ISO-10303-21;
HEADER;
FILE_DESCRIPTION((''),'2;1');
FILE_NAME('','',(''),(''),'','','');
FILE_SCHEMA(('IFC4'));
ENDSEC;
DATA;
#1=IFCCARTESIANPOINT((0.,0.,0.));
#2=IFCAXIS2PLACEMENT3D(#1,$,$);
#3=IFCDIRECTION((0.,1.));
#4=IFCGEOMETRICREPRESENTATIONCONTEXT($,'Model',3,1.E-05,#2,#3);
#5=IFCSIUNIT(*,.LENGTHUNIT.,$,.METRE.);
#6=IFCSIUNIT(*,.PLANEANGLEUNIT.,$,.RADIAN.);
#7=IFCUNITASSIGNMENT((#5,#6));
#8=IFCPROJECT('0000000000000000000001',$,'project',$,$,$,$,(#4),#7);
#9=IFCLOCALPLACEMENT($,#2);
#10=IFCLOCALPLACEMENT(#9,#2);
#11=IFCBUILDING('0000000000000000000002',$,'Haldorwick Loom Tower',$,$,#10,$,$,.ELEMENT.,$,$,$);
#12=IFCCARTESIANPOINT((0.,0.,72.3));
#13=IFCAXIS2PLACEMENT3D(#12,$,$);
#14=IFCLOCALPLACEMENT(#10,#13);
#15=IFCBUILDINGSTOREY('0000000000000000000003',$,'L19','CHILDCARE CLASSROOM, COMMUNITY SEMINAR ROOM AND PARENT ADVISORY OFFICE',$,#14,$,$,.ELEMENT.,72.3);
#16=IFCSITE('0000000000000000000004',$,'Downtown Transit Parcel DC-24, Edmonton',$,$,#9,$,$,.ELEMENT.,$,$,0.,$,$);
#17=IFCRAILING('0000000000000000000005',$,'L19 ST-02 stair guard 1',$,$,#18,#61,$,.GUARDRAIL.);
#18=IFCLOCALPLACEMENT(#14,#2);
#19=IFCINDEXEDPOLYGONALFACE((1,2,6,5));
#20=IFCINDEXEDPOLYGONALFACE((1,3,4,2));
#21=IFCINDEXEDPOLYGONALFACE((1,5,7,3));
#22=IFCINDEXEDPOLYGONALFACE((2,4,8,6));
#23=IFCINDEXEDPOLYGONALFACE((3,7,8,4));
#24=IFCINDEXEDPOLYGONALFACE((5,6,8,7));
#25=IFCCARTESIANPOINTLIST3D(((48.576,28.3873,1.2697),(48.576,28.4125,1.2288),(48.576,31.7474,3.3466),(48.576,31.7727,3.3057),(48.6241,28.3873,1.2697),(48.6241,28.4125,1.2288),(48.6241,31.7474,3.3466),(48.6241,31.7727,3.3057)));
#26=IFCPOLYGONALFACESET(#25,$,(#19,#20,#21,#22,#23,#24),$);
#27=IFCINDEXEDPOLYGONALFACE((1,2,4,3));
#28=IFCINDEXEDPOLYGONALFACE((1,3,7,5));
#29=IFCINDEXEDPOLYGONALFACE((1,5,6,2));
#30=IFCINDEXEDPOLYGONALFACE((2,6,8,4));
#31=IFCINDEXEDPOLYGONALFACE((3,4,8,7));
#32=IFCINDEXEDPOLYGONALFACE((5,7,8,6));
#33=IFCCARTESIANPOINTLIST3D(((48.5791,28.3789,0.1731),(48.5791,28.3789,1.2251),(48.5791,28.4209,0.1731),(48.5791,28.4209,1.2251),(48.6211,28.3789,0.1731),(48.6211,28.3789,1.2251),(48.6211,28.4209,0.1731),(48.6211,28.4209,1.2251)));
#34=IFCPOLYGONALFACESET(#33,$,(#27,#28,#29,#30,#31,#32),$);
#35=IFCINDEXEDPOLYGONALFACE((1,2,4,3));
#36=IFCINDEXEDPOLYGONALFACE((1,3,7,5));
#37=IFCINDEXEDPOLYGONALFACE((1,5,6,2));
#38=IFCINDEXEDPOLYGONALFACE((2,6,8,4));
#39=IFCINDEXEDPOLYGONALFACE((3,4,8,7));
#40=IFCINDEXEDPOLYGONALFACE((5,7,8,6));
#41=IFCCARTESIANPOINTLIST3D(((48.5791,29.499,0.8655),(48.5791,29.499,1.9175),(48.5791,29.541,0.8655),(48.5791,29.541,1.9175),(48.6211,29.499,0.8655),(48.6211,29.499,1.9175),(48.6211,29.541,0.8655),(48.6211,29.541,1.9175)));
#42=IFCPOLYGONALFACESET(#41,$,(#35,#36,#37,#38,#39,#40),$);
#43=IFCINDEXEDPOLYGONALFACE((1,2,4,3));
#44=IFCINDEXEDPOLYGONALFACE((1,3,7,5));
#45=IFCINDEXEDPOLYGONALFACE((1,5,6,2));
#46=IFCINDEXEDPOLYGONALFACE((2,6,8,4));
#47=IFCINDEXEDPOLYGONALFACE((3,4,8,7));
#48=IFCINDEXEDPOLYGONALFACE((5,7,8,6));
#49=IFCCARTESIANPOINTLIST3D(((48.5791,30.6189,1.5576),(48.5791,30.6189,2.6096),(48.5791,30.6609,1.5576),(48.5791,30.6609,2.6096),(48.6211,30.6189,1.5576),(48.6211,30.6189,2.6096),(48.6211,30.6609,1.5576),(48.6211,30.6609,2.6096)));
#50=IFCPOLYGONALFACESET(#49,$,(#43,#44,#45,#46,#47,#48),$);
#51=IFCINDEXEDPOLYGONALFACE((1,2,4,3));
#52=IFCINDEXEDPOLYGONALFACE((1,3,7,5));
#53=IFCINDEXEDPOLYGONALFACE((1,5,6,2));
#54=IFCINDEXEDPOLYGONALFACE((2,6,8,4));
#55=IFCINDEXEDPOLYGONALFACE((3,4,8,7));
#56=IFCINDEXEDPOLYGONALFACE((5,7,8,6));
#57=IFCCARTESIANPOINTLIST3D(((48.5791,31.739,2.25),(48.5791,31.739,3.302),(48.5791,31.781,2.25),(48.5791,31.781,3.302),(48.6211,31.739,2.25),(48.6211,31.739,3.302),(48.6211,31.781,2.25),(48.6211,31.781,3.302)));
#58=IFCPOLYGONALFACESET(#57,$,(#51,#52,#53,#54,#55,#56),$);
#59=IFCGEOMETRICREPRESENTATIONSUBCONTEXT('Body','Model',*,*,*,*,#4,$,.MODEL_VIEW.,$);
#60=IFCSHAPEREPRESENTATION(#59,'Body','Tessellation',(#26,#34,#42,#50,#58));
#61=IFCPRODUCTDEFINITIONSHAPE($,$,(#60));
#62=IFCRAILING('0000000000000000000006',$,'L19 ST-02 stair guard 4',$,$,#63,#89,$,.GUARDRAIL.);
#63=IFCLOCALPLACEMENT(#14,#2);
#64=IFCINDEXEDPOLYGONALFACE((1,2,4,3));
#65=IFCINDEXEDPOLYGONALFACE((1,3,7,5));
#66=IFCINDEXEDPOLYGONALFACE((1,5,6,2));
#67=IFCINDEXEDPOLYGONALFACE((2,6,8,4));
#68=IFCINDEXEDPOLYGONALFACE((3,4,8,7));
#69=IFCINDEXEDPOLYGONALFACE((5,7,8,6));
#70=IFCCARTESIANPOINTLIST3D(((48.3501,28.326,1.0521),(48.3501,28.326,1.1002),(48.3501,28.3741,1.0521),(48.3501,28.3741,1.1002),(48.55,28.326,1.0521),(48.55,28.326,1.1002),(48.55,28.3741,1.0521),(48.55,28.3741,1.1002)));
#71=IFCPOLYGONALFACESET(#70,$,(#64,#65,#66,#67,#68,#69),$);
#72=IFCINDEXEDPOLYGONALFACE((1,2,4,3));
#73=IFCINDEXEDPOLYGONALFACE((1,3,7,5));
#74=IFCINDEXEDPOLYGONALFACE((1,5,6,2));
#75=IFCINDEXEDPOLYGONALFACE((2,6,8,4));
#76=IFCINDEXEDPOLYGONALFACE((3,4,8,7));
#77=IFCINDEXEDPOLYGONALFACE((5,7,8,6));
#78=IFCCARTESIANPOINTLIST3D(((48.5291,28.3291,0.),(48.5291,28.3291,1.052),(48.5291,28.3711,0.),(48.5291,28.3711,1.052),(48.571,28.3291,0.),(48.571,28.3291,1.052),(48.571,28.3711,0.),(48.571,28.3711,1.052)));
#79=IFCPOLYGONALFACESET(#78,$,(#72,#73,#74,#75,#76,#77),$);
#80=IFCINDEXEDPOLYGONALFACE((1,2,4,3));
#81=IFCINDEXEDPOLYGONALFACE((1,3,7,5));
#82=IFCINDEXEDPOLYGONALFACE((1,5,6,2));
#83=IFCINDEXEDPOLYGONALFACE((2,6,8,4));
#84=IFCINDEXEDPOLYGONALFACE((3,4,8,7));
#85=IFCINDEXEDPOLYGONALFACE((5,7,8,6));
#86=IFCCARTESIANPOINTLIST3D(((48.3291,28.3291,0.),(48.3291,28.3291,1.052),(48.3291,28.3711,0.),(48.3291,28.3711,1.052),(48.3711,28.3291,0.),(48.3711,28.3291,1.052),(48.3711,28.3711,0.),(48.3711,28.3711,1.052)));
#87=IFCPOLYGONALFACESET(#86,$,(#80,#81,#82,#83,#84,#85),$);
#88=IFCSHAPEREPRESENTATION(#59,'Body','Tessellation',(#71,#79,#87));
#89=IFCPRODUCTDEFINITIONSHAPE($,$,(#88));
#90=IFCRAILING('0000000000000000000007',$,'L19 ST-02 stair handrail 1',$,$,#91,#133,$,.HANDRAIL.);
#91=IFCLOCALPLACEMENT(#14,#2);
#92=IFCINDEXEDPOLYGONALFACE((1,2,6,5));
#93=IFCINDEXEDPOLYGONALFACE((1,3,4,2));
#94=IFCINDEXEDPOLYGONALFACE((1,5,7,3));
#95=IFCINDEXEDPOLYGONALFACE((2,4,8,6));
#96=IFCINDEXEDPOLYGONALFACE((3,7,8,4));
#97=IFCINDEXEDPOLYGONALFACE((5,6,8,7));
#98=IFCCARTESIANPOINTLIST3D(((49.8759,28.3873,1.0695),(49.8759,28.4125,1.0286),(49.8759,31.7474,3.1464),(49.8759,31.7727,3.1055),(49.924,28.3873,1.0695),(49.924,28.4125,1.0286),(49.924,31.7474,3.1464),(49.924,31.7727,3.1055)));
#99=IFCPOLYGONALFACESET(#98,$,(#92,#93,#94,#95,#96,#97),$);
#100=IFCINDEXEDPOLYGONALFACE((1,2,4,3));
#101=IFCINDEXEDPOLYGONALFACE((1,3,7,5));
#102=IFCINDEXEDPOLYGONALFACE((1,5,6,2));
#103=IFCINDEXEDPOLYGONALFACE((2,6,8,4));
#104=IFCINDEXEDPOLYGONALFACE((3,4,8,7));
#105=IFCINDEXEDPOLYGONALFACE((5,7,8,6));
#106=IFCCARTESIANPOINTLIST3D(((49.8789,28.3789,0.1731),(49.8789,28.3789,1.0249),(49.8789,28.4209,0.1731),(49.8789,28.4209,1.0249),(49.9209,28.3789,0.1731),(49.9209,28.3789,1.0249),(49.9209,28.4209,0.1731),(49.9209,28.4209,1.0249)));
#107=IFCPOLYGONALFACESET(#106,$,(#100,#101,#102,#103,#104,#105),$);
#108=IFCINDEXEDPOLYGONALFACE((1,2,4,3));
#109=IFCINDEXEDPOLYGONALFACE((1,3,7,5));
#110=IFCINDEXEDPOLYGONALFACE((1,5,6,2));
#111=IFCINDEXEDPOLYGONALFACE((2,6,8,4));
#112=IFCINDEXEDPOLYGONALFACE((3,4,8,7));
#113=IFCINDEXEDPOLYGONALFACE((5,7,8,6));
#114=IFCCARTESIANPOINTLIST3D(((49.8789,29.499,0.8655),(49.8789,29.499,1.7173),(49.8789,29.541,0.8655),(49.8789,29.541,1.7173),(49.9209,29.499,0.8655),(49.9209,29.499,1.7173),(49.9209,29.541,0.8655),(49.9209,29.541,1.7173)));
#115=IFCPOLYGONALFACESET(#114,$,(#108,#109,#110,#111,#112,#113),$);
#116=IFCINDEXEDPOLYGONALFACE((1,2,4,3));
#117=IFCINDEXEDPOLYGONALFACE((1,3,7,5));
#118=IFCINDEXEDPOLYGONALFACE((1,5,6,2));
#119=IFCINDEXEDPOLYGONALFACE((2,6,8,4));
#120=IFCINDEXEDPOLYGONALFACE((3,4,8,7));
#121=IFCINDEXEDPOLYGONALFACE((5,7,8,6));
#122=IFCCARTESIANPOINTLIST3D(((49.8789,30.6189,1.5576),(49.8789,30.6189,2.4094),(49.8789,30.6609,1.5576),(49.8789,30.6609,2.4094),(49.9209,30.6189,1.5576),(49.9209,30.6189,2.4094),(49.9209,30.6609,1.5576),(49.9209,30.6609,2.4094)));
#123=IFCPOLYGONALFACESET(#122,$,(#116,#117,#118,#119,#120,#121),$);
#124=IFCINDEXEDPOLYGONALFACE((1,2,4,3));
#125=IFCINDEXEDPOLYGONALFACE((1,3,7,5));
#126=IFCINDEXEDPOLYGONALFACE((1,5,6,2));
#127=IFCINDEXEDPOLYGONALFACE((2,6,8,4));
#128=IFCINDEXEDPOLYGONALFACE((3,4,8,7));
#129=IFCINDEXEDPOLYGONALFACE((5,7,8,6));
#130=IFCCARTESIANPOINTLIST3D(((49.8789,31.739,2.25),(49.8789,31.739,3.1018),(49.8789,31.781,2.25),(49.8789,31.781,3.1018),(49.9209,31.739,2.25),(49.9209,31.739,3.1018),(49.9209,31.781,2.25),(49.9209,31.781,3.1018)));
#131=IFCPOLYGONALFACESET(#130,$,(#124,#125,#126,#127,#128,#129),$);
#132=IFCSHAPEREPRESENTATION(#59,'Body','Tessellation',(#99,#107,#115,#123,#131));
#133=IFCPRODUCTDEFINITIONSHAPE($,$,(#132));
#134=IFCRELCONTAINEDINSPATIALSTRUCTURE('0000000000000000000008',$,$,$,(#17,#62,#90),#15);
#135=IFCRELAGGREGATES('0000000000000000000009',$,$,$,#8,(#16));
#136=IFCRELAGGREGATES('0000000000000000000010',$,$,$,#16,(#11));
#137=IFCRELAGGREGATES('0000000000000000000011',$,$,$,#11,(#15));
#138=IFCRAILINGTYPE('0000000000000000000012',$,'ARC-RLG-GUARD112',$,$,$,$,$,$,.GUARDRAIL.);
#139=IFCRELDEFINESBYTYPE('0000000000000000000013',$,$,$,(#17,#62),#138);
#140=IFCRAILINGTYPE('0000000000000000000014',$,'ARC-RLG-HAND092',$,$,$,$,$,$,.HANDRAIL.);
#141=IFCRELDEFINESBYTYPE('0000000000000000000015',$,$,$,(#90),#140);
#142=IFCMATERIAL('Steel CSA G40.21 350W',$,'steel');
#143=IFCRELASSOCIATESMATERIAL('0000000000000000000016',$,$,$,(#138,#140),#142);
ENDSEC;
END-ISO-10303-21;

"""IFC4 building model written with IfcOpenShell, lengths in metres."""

from ifc_helpers import new_model, si_unit, direction, frame, origin, origin_2d, place, context, subcontext, project, spatial, rectangle, extrude, material, type_object, element, save


model = new_model("IFC4")

# Units and contexts
model_context = context("Model", 3, precision=1e-05, world=origin(), true_north=direction((0.0, 1.0)))
body_context = subcontext(model_context, "Body", "Model", "MODEL_VIEW")
ifc_project = project(units=[si_unit("LENGTHUNIT", "METRE"), si_unit("PLANEANGLEUNIT", "RADIAN")], contexts=[model_context])

# Site, building, storey
site_placement = place(None, origin())
site = spatial("IfcSite", under=ifc_project, at=site_placement, Name="Downtown Transit Parcel DC-24, Edmonton", CompositionType="ELEMENT", RefElevation=0.0)
building_placement = place(site_placement, origin())
building = spatial("IfcBuilding", under=site, at=building_placement, Name="Haldorwick Loom Tower", CompositionType="ELEMENT")
storey_placement = place(building_placement, frame((0.0, 0.0, 72.3)))
storey = spatial("IfcBuildingStorey", under=building, at=storey_placement, Name="L19", Description="CHILDCARE CLASSROOM, COMMUNITY SEMINAR ROOM AND PARENT ADVISORY OFFICE", CompositionType="ELEMENT", Elevation=72.3)

# Shared definitions
ifc_material_1 = material(Name="Steel CSA G40.21 350W", Category="steel")

# Railings
railing_type_1 = type_object("IfcRailingType", Name="ARC-RLG-GUARD112", PredefinedType="GUARDRAIL", material=ifc_material_1)
railing_1_placement = place(storey_placement, frame((48.6001, 28.3999, 0.1731)))
element("IfcRailing", 1, at=railing_1_placement, inside=storey, type_object=railing_type_1, Name="L19 ST-02 stair guard 1", PredefinedType="GUARDRAIL", context=body_context, shape_type="SweptSolid", body=[
    extrude(rectangle(XDim=0.0481, YDim=0.0481, at=origin_2d()), frame((0.0, 0.0, 1.0762), z_axis=(0.0, 0.850623, 0.525776), x_axis=(-1.0, 0.0, 0.0)), (0.0, 0.0, 1.0), 3.9502),
    extrude(rectangle(XDim=0.042, YDim=0.042, at=origin_2d()), origin(), (0.0, 0.0, 1.0), 1.052),
    extrude(rectangle(XDim=0.042, YDim=0.042, at=origin_2d()), frame((0.0, 1.1201, 0.6924)), (0.0, 0.0, 1.0), 1.052),
    extrude(rectangle(XDim=0.042, YDim=0.042, at=origin_2d()), frame((0.0, 2.24, 1.3845)), (0.0, 0.0, 1.0), 1.052),
    extrude(rectangle(XDim=0.042, YDim=0.042, at=origin_2d()), frame((0.0, 3.3601, 2.0769)), (0.0, 0.0, 1.0), 1.052),
])
railing_2_placement = place(storey_placement, frame((48.55, 28.3501, 0.0)))
element("IfcRailing", 2, at=railing_2_placement, inside=storey, type_object=railing_type_1, Name="L19 ST-02 stair guard 4", PredefinedType="GUARDRAIL", context=body_context, shape_type="SweptSolid", body=[
    extrude(rectangle(XDim=0.0481, YDim=0.0481, at=origin_2d()), frame((0.0, 0.0, 1.0762), z_axis=(-1.0, 0.0, 0.0), x_axis=(0.0, -1.0, 0.0)), (0.0, 0.0, 1.0), 0.2),
    extrude(rectangle(XDim=0.042, YDim=0.042, at=origin_2d()), origin(), (0.0, 0.0, 1.0), 1.052),
    extrude(rectangle(XDim=0.042, YDim=0.042, at=origin_2d()), frame((-0.2, 0.0, 0.0)), (0.0, 0.0, 1.0), 1.052),
])
railing_type_2 = type_object("IfcRailingType", Name="ARC-RLG-HAND092", PredefinedType="HANDRAIL", material=ifc_material_1)
railing_3_placement = place(storey_placement, frame((49.8999, 28.3999, 0.1731)))
element("IfcRailing", 3, at=railing_3_placement, inside=storey, type_object=railing_type_2, Name="L19 ST-02 stair handrail 1", PredefinedType="HANDRAIL", context=body_context, shape_type="SweptSolid", body=[
    extrude(rectangle(XDim=0.0481, YDim=0.0481, at=origin_2d()), frame((0.0, 0.0, 0.876), z_axis=(0.0, 0.850623, 0.525776), x_axis=(-1.0, 0.0, 0.0)), (0.0, 0.0, 1.0), 3.9502),
    extrude(rectangle(XDim=0.042, YDim=0.042, at=origin_2d()), origin(), (0.0, 0.0, 1.0), 0.8518),
    extrude(rectangle(XDim=0.042, YDim=0.042, at=origin_2d()), frame((0.0, 1.1201, 0.6924)), (0.0, 0.0, 1.0), 0.8518),
    extrude(rectangle(XDim=0.042, YDim=0.042, at=origin_2d()), frame((0.0, 2.24, 1.3845)), (0.0, 0.0, 1.0), 0.8518),
    extrude(rectangle(XDim=0.042, YDim=0.042, at=origin_2d()), frame((0.0, 3.3601, 2.0769)), (0.0, 0.0, 1.0), 0.8518),
])

save(model, "model.ifc")
